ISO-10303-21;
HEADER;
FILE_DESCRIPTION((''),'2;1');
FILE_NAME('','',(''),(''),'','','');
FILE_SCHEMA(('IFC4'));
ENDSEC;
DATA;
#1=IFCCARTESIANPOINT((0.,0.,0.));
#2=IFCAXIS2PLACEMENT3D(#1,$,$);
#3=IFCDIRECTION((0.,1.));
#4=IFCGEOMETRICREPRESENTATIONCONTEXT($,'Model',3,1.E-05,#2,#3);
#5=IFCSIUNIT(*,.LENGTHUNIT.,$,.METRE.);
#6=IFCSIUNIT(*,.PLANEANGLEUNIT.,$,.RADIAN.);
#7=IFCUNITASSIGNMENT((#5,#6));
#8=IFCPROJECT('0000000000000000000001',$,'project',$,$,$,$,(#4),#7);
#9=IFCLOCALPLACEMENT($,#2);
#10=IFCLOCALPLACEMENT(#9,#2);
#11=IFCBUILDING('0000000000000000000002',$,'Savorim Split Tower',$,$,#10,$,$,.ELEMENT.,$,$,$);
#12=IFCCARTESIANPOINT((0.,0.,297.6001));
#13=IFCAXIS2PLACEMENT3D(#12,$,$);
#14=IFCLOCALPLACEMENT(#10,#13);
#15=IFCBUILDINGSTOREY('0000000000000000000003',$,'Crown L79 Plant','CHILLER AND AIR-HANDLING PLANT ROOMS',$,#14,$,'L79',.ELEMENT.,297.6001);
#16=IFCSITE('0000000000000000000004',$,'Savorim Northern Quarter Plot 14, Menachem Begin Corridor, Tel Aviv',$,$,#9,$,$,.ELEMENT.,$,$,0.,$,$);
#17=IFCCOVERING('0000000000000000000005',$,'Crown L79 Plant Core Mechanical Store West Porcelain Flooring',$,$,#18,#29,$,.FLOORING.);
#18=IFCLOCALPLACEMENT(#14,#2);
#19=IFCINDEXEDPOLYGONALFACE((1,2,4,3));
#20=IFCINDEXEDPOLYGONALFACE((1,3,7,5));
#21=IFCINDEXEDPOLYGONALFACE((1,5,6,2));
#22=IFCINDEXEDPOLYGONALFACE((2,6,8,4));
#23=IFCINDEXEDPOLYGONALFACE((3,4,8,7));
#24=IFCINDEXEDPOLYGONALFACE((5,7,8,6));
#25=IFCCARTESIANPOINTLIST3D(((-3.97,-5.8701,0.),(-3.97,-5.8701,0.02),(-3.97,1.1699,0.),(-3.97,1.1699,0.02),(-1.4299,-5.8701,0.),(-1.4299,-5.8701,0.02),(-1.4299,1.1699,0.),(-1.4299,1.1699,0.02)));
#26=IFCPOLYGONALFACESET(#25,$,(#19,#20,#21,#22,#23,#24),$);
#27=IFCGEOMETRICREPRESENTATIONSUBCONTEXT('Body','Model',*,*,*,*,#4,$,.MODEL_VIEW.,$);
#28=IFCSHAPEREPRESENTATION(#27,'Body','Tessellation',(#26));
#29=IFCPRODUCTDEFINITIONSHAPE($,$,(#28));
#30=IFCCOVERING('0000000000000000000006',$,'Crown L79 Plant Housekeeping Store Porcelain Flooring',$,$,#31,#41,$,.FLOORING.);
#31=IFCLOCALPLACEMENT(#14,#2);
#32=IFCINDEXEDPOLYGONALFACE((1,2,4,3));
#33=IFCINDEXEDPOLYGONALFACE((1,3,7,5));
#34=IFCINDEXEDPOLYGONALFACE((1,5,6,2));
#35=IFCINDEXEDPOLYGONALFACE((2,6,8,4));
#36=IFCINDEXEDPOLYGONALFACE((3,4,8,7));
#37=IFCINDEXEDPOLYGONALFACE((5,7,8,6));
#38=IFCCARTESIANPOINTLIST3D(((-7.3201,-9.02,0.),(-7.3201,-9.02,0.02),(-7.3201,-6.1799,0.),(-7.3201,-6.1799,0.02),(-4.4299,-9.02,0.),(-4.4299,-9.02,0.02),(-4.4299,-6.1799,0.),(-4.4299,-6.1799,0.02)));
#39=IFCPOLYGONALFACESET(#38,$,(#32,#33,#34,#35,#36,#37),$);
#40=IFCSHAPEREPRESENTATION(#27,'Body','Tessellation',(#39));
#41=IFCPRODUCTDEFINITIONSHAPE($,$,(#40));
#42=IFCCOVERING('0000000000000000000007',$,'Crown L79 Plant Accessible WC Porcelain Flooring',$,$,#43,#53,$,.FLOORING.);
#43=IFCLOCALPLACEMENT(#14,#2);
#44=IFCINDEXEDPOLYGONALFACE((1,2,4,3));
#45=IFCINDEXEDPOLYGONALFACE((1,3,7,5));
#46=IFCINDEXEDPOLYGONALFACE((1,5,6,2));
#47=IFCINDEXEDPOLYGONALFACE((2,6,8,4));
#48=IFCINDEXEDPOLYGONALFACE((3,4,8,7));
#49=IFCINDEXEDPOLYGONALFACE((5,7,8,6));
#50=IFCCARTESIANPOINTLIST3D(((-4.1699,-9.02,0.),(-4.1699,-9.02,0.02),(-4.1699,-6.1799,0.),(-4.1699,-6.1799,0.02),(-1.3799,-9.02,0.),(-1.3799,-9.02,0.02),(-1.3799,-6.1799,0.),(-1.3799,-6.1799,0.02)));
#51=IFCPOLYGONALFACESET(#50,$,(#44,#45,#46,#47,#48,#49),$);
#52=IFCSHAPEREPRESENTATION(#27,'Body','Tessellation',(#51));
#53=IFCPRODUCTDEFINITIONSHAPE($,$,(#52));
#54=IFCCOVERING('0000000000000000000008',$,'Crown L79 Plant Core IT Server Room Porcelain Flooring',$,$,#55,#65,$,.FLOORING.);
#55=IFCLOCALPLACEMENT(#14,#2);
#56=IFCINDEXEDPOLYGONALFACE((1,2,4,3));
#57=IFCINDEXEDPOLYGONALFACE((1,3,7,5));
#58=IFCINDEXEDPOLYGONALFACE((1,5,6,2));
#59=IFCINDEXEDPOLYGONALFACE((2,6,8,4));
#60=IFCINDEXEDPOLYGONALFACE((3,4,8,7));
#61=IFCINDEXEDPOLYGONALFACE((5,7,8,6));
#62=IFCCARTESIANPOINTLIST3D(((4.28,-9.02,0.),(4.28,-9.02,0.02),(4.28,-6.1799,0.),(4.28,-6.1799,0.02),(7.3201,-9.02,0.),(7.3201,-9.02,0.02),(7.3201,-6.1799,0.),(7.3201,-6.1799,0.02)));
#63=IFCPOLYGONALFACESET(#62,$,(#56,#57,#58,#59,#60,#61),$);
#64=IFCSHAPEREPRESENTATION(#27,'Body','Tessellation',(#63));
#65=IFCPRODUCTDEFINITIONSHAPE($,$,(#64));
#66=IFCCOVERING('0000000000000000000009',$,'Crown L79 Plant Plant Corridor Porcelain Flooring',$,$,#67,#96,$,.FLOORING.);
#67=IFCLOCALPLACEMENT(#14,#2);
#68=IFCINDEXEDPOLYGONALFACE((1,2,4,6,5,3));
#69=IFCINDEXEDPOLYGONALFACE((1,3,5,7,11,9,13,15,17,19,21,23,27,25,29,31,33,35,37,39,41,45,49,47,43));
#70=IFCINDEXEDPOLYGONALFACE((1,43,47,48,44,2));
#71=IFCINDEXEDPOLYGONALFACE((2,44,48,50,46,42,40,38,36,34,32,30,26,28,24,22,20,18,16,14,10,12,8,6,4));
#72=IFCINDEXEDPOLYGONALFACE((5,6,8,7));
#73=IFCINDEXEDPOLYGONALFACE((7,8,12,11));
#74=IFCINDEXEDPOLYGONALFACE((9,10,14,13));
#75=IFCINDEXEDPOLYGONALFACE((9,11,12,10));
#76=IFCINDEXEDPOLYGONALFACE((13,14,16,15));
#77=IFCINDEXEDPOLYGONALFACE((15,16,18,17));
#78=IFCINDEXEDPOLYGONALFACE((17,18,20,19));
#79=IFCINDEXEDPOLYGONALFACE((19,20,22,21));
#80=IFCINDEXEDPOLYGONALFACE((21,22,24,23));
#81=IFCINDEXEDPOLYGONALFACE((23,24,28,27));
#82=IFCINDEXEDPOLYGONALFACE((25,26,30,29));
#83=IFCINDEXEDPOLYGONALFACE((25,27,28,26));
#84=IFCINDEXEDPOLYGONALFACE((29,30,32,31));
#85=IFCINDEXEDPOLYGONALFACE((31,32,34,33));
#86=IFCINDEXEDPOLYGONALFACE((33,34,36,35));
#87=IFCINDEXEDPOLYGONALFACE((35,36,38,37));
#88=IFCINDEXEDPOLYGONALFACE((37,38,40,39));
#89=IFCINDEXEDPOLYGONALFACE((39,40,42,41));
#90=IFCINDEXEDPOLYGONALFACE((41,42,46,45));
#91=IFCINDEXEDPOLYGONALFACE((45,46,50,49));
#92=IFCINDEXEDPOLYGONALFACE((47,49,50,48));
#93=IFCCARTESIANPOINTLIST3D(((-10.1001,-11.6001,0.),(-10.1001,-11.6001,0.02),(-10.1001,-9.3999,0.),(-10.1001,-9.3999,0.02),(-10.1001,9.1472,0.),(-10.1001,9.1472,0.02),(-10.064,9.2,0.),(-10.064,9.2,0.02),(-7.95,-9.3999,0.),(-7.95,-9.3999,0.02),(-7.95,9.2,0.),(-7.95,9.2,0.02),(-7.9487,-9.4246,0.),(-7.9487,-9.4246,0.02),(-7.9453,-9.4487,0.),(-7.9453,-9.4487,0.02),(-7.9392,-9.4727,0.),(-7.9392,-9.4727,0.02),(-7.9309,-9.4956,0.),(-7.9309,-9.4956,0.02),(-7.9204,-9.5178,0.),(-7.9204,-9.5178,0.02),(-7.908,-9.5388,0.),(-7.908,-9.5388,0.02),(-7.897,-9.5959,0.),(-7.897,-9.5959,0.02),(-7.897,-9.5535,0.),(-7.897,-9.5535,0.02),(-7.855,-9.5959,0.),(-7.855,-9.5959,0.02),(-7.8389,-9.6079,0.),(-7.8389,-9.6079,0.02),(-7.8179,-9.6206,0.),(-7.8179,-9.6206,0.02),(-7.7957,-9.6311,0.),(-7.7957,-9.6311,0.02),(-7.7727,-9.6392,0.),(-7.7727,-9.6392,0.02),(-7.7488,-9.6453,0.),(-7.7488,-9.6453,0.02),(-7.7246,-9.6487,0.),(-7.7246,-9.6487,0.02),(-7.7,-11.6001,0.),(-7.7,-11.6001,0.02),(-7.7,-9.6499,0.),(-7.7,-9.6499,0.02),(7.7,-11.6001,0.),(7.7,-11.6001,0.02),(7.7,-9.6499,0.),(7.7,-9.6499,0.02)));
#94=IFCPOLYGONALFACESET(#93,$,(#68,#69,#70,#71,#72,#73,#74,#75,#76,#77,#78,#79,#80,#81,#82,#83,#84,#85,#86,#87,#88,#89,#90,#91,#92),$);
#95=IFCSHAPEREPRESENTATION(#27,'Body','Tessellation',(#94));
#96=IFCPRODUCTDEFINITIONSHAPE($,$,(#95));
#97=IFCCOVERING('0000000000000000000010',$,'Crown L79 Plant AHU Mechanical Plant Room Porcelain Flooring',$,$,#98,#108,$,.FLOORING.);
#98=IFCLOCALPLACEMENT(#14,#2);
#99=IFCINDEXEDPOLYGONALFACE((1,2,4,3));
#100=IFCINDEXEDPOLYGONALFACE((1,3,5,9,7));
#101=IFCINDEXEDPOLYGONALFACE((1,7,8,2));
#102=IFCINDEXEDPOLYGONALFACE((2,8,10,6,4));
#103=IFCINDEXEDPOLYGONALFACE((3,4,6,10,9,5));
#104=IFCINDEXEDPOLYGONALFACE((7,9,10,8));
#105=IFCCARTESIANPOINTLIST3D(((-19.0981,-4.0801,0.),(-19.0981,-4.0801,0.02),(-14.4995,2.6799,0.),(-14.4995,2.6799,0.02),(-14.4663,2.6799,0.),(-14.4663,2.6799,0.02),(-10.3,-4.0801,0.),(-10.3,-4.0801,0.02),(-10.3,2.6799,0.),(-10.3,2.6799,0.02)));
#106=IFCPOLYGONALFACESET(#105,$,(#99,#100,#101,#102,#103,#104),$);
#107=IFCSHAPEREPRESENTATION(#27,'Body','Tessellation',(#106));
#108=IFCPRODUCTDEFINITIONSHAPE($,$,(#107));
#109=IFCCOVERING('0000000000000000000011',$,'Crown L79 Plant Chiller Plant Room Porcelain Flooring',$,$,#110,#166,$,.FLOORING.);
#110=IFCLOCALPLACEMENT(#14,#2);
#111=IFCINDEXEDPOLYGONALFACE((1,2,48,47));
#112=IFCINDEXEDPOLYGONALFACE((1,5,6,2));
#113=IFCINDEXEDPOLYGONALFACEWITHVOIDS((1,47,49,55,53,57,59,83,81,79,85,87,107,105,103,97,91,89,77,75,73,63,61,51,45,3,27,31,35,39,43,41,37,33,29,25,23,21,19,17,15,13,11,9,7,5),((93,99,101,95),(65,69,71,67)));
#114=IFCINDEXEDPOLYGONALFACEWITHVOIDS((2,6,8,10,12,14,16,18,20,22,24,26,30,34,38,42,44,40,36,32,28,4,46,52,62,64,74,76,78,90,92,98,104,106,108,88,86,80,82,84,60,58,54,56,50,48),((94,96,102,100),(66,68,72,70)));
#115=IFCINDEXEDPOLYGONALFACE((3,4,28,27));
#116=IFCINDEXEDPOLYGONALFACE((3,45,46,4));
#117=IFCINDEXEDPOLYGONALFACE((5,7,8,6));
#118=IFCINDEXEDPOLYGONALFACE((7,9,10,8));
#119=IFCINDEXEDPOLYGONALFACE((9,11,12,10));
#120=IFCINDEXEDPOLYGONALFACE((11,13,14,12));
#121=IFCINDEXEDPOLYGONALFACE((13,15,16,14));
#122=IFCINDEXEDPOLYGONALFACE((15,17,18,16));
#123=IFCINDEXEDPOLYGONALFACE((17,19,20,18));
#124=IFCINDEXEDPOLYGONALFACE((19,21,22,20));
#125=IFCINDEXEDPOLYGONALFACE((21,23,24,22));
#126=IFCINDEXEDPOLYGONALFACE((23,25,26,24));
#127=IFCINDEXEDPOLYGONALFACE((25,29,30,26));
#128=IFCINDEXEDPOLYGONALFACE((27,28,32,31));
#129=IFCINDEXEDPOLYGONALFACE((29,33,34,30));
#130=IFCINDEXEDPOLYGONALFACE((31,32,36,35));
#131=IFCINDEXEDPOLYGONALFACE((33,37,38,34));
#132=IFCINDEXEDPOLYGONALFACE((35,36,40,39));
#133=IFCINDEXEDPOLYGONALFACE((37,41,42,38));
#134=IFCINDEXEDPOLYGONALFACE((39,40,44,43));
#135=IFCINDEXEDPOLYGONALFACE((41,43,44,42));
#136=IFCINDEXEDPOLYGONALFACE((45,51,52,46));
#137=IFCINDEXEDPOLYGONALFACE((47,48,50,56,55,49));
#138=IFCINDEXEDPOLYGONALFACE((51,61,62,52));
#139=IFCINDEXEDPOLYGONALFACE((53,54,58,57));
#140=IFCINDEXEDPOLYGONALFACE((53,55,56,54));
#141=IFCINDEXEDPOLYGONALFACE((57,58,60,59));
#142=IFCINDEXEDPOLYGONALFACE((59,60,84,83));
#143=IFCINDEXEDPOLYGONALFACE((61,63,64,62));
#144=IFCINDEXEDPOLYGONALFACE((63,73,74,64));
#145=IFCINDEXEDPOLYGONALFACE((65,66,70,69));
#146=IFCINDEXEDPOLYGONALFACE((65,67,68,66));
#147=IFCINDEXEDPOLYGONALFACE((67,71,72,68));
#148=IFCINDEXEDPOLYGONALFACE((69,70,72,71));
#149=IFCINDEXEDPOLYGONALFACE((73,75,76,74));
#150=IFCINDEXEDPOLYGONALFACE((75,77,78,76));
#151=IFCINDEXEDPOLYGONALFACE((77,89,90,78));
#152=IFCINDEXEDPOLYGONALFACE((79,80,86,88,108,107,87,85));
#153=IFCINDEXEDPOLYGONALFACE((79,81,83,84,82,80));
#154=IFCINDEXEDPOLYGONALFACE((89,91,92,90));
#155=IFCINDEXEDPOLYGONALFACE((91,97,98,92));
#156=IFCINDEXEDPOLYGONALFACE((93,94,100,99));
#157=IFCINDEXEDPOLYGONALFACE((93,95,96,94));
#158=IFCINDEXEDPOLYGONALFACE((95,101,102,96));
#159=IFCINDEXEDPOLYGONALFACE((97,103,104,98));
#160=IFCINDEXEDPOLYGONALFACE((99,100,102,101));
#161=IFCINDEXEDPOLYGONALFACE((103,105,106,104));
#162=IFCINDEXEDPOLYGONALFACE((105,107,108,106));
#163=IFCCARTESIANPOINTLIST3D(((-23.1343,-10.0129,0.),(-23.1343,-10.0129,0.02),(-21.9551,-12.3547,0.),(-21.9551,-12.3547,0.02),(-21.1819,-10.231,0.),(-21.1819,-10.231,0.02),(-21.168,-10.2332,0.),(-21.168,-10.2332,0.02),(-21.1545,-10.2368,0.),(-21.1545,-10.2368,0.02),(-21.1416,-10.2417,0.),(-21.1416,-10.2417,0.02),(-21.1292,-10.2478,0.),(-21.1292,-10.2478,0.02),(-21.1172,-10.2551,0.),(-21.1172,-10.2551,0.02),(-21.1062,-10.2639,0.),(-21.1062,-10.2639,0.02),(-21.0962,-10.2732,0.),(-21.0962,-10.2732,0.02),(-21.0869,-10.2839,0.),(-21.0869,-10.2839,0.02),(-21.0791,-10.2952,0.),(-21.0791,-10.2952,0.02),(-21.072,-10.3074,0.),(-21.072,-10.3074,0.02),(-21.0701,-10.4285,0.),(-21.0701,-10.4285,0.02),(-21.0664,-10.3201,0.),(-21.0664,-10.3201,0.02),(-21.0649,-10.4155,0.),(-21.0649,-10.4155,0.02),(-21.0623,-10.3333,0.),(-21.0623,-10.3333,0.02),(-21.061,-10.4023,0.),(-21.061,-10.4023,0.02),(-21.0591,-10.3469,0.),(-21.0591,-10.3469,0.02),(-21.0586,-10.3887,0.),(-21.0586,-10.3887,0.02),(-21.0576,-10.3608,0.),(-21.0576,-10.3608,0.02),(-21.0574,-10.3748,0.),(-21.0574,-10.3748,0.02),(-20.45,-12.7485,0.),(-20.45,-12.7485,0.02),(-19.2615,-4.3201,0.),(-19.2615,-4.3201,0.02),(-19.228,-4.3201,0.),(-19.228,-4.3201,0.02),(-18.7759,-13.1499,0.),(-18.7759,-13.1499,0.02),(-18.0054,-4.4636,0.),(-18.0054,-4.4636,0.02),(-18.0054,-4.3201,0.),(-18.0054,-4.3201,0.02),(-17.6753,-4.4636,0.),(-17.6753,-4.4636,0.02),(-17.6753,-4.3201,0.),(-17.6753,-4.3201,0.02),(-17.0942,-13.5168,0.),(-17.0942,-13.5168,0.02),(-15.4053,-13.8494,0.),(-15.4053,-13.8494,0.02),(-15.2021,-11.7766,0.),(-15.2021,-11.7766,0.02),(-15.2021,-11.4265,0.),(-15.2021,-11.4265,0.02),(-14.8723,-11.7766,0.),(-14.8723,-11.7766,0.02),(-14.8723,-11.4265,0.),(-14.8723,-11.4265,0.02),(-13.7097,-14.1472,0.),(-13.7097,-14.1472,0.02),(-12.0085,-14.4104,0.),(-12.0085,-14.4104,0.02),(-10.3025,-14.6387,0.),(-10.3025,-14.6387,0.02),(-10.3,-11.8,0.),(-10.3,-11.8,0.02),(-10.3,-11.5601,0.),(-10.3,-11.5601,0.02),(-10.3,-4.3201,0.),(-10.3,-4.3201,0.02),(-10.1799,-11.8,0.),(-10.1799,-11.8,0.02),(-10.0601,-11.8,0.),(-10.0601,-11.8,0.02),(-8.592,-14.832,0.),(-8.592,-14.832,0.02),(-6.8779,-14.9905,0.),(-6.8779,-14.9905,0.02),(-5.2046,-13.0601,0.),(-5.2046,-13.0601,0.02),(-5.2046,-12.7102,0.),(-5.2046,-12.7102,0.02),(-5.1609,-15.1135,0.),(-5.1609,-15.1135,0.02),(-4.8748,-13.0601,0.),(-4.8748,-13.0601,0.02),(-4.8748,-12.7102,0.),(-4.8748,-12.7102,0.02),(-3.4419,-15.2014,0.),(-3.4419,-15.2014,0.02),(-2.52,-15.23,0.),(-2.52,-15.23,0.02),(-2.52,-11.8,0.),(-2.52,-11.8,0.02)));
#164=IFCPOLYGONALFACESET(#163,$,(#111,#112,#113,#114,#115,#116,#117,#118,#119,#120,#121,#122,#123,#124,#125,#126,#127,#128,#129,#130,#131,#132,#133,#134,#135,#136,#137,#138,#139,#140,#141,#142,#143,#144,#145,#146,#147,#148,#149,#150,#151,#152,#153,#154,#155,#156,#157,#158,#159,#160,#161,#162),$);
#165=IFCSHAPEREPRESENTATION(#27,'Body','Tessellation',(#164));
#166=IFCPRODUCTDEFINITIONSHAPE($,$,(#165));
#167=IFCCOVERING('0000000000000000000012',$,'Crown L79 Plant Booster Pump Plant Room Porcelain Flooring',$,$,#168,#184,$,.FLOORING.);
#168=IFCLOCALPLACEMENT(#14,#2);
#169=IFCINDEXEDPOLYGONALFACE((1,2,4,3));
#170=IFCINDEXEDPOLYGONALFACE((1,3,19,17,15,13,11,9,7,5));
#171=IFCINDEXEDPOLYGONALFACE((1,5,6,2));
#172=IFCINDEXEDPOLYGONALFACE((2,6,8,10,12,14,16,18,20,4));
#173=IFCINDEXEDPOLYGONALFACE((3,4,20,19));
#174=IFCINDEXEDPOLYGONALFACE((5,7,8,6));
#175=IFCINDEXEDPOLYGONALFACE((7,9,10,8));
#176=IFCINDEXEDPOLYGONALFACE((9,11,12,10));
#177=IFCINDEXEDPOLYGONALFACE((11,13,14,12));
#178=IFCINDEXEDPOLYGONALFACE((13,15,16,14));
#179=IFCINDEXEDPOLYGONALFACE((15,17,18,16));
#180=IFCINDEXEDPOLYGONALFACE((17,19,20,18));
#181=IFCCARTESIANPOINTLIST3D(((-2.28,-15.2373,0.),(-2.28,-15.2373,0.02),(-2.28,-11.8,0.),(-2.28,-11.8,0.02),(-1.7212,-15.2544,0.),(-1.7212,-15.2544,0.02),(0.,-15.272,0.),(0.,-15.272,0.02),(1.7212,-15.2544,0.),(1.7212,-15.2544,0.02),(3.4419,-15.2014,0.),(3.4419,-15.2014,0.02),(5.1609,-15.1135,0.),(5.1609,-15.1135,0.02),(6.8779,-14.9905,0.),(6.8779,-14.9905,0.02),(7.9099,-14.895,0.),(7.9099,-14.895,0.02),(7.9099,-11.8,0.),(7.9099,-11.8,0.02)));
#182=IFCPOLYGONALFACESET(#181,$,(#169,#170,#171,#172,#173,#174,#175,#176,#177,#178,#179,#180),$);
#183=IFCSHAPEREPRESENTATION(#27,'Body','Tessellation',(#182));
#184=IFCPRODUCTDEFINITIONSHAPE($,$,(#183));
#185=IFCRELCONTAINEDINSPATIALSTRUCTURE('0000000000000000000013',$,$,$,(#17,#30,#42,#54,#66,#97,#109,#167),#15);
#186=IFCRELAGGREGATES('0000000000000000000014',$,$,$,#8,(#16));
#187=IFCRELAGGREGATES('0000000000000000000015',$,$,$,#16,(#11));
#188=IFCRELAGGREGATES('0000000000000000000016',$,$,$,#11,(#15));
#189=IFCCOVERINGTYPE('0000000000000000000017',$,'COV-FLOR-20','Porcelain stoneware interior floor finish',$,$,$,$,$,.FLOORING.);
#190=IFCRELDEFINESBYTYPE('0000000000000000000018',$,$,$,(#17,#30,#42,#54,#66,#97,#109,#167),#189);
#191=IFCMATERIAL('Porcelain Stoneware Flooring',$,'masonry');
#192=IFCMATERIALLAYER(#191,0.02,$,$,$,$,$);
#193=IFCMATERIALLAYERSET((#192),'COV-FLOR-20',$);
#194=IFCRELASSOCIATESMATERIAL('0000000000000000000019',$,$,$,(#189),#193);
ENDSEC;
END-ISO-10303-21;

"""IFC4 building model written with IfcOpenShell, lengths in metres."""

from ifc_helpers import new_model, si_unit, direction, frame, origin, place, context, subcontext, project, spatial, polyline, outline, extrude, material, layer, layer_set, type_object, element, save


model = new_model("IFC4")

# Units and contexts
model_context = context("Model", 3, precision=1e-05, world=origin(), true_north=direction((0.0, 1.0)))
body_context = subcontext(model_context, "Body", "Model", "MODEL_VIEW")
ifc_project = project(units=[si_unit("LENGTHUNIT", "METRE"), si_unit("PLANEANGLEUNIT", "RADIAN")], contexts=[model_context])

# Site, building, storey
site_placement = place(None, origin())
site = spatial("IfcSite", under=ifc_project, at=site_placement, Name="Savorim Northern Quarter Plot 14, Menachem Begin Corridor, Tel Aviv", CompositionType="ELEMENT", RefElevation=0.0)
building_placement = place(site_placement, origin())
building = spatial("IfcBuilding", under=site, at=building_placement, Name="Savorim Split Tower", CompositionType="ELEMENT")
storey_placement = place(building_placement, frame((0.0, 0.0, 297.6001)))
storey = spatial("IfcBuildingStorey", under=building, at=storey_placement, Name="Crown L79 Plant", Description="CHILLER AND AIR-HANDLING PLANT ROOMS", LongName="L79", CompositionType="ELEMENT", Elevation=297.6001)

# Coverings
ifc_material_1 = material(Name="Porcelain Stoneware Flooring", Category="masonry")
ifc_layer_1 = layer(ifc_material_1, 0.02)
ifc_layer_set_1 = layer_set([ifc_layer_1], Name="COV-FLOR-20")
covering_type_1 = type_object("IfcCoveringType", Name="COV-FLOR-20", Description="Porcelain stoneware interior floor finish", PredefinedType="FLOORING", material=ifc_layer_set_1)
covering_1_placement = place(storey_placement, origin())
element("IfcCovering", 1, at=covering_1_placement, inside=storey, type_object=covering_type_1, Name="Crown L79 Plant Core Mechanical Store West Porcelain Flooring", PredefinedType="FLOORING", context=body_context, shape_type="SweptSolid", body=[
    extrude(outline(polyline([(-3.97, 1.1699), (-3.97, -5.8701), (-1.4299, -5.8701), (-1.4299, 1.1699), (-3.97, 1.1699)])), origin(), (0.0, 0.0, 1.0), 0.02),
])
covering_2_placement = place(storey_placement, origin())
element("IfcCovering", 2, at=covering_2_placement, inside=storey, type_object=covering_type_1, Name="Crown L79 Plant Housekeeping Store Porcelain Flooring", PredefinedType="FLOORING", context=body_context, shape_type="SweptSolid", body=[
    extrude(outline(polyline([(-7.3201, -6.1799), (-7.3201, -9.02), (-4.4299, -9.02), (-4.4299, -6.1799), (-7.3201, -6.1799)])), origin(), (0.0, 0.0, 1.0), 0.02),
])
covering_3_placement = place(storey_placement, origin())
element("IfcCovering", 3, at=covering_3_placement, inside=storey, type_object=covering_type_1, Name="Crown L79 Plant Accessible WC Porcelain Flooring", PredefinedType="FLOORING", context=body_context, shape_type="SweptSolid", body=[
    extrude(outline(polyline([(-4.1699, -6.1799), (-4.1699, -9.02), (-1.3799, -9.02), (-1.3799, -6.1799), (-4.1699, -6.1799)])), origin(), (0.0, 0.0, 1.0), 0.02),
])
covering_4_placement = place(storey_placement, origin())
element("IfcCovering", 4, at=covering_4_placement, inside=storey, type_object=covering_type_1, Name="Crown L79 Plant Core IT Server Room Porcelain Flooring", PredefinedType="FLOORING", context=body_context, shape_type="SweptSolid", body=[
    extrude(outline(polyline([(4.28, -6.1799), (4.28, -9.02), (7.3201, -9.02), (7.3201, -6.1799), (4.28, -6.1799)])), origin(), (0.0, 0.0, 1.0), 0.02),
])
covering_5_placement = place(storey_placement, origin())
element("IfcCovering", 5, at=covering_5_placement, inside=storey, type_object=covering_type_1, Name="Crown L79 Plant Plant Corridor Porcelain Flooring", PredefinedType="FLOORING", context=body_context, shape_type="SweptSolid", body=[
    extrude(outline(polyline([(-10.1001, -11.6001), (-7.7, -11.6001), (7.7, -11.6001), (7.7, -9.6499), (-7.7, -9.6499), (-7.7246, -9.6487), (-7.7488, -9.6453), (-7.7727, -9.6392), (-7.7957, -9.6311), (-7.8179, -9.6206), (-7.8389, -9.6079), (-7.855, -9.5959), (-7.897, -9.5959), (-7.897, -9.5535), (-7.908, -9.5388), (-7.9204, -9.5178), (-7.9309, -9.4956), (-7.9392, -9.4727), (-7.9453, -9.4487), (-7.9487, -9.4246), (-7.95, -9.3999), (-7.95, 9.2), (-10.064, 9.2), (-10.1001, 9.1472), (-10.1001, -9.3999), (-10.1001, -11.6001)])), origin(), (0.0, 0.0, 1.0), 0.02),
])
covering_6_placement = place(storey_placement, origin())
element("IfcCovering", 6, at=covering_6_placement, inside=storey, type_object=covering_type_1, Name="Crown L79 Plant AHU Mechanical Plant Room Porcelain Flooring", PredefinedType="FLOORING", context=body_context, shape_type="SweptSolid", body=[
    extrude(outline(polyline([(-10.3, 2.6799), (-14.4663, 2.6799), (-14.4995, 2.6799), (-19.0981, -4.0801), (-10.3, -4.0801), (-10.3, 2.6799)])), origin(), (0.0, 0.0, 1.0), 0.02),
])
covering_7_placement = place(storey_placement, origin())
element("IfcCovering", 7, at=covering_7_placement, inside=storey, type_object=covering_type_1, Name="Crown L79 Plant Chiller Plant Room Porcelain Flooring", PredefinedType="FLOORING", context=body_context, shape_type="SweptSolid", body=[
    extrude(outline(polyline([(-6.8779, -14.9905), (-5.1609, -15.1135), (-3.4419, -15.2014), (-2.52, -15.23), (-2.52, -11.8), (-10.0601, -11.8), (-10.1799, -11.8), (-10.3, -11.8), (-10.3, -11.5601), (-10.3, -4.3201), (-17.6753, -4.3201), (-17.6753, -4.4636), (-18.0054, -4.4636), (-18.0054, -4.3201), (-19.228, -4.3201), (-19.2615, -4.3201), (-23.1343, -10.0129), (-21.1819, -10.231), (-21.168, -10.2332), (-21.1545, -10.2368), (-21.1416, -10.2417), (-21.1292, -10.2478), (-21.1172, -10.2551), (-21.1062, -10.2639), (-21.0962, -10.2732), (-21.0869, -10.2839), (-21.0791, -10.2952), (-21.072, -10.3074), (-21.0664, -10.3201), (-21.0623, -10.3333), (-21.0591, -10.3469), (-21.0576, -10.3608), (-21.0574, -10.3748), (-21.0586, -10.3887), (-21.061, -10.4023), (-21.0649, -10.4155), (-21.0701, -10.4285), (-21.9551, -12.3547), (-20.45, -12.7485), (-18.7759, -13.1499), (-17.0942, -13.5168), (-15.4053, -13.8494), (-13.7097, -14.1472), (-12.0085, -14.4104), (-10.3025, -14.6387), (-8.592, -14.832), (-6.8779, -14.9905)]), holes=[polyline([(-14.8723, -11.7766), (-14.8723, -11.4265), (-15.2021, -11.4265), (-15.2021, -11.7766), (-14.8723, -11.7766)]), polyline([(-4.8748, -13.0601), (-4.8748, -12.7102), (-5.2046, -12.7102), (-5.2046, -13.0601), (-4.8748, -13.0601)])]), origin(), (0.0, 0.0, 1.0), 0.02),
])
covering_8_placement = place(storey_placement, origin())
element("IfcCovering", 8, at=covering_8_placement, inside=storey, type_object=covering_type_1, Name="Crown L79 Plant Booster Pump Plant Room Porcelain Flooring", PredefinedType="FLOORING", context=body_context, shape_type="SweptSolid", body=[
    extrude(outline(polyline([(3.4419, -15.2014), (5.1609, -15.1135), (6.8779, -14.9905), (7.9099, -14.895), (7.9099, -11.8), (-2.28, -11.8), (-2.28, -15.2373), (-1.7212, -15.2544), (0.0, -15.272), (1.7212, -15.2544), (3.4419, -15.2014)])), origin(), (0.0, 0.0, 1.0), 0.02),
])

save(model, "model.ifc")
